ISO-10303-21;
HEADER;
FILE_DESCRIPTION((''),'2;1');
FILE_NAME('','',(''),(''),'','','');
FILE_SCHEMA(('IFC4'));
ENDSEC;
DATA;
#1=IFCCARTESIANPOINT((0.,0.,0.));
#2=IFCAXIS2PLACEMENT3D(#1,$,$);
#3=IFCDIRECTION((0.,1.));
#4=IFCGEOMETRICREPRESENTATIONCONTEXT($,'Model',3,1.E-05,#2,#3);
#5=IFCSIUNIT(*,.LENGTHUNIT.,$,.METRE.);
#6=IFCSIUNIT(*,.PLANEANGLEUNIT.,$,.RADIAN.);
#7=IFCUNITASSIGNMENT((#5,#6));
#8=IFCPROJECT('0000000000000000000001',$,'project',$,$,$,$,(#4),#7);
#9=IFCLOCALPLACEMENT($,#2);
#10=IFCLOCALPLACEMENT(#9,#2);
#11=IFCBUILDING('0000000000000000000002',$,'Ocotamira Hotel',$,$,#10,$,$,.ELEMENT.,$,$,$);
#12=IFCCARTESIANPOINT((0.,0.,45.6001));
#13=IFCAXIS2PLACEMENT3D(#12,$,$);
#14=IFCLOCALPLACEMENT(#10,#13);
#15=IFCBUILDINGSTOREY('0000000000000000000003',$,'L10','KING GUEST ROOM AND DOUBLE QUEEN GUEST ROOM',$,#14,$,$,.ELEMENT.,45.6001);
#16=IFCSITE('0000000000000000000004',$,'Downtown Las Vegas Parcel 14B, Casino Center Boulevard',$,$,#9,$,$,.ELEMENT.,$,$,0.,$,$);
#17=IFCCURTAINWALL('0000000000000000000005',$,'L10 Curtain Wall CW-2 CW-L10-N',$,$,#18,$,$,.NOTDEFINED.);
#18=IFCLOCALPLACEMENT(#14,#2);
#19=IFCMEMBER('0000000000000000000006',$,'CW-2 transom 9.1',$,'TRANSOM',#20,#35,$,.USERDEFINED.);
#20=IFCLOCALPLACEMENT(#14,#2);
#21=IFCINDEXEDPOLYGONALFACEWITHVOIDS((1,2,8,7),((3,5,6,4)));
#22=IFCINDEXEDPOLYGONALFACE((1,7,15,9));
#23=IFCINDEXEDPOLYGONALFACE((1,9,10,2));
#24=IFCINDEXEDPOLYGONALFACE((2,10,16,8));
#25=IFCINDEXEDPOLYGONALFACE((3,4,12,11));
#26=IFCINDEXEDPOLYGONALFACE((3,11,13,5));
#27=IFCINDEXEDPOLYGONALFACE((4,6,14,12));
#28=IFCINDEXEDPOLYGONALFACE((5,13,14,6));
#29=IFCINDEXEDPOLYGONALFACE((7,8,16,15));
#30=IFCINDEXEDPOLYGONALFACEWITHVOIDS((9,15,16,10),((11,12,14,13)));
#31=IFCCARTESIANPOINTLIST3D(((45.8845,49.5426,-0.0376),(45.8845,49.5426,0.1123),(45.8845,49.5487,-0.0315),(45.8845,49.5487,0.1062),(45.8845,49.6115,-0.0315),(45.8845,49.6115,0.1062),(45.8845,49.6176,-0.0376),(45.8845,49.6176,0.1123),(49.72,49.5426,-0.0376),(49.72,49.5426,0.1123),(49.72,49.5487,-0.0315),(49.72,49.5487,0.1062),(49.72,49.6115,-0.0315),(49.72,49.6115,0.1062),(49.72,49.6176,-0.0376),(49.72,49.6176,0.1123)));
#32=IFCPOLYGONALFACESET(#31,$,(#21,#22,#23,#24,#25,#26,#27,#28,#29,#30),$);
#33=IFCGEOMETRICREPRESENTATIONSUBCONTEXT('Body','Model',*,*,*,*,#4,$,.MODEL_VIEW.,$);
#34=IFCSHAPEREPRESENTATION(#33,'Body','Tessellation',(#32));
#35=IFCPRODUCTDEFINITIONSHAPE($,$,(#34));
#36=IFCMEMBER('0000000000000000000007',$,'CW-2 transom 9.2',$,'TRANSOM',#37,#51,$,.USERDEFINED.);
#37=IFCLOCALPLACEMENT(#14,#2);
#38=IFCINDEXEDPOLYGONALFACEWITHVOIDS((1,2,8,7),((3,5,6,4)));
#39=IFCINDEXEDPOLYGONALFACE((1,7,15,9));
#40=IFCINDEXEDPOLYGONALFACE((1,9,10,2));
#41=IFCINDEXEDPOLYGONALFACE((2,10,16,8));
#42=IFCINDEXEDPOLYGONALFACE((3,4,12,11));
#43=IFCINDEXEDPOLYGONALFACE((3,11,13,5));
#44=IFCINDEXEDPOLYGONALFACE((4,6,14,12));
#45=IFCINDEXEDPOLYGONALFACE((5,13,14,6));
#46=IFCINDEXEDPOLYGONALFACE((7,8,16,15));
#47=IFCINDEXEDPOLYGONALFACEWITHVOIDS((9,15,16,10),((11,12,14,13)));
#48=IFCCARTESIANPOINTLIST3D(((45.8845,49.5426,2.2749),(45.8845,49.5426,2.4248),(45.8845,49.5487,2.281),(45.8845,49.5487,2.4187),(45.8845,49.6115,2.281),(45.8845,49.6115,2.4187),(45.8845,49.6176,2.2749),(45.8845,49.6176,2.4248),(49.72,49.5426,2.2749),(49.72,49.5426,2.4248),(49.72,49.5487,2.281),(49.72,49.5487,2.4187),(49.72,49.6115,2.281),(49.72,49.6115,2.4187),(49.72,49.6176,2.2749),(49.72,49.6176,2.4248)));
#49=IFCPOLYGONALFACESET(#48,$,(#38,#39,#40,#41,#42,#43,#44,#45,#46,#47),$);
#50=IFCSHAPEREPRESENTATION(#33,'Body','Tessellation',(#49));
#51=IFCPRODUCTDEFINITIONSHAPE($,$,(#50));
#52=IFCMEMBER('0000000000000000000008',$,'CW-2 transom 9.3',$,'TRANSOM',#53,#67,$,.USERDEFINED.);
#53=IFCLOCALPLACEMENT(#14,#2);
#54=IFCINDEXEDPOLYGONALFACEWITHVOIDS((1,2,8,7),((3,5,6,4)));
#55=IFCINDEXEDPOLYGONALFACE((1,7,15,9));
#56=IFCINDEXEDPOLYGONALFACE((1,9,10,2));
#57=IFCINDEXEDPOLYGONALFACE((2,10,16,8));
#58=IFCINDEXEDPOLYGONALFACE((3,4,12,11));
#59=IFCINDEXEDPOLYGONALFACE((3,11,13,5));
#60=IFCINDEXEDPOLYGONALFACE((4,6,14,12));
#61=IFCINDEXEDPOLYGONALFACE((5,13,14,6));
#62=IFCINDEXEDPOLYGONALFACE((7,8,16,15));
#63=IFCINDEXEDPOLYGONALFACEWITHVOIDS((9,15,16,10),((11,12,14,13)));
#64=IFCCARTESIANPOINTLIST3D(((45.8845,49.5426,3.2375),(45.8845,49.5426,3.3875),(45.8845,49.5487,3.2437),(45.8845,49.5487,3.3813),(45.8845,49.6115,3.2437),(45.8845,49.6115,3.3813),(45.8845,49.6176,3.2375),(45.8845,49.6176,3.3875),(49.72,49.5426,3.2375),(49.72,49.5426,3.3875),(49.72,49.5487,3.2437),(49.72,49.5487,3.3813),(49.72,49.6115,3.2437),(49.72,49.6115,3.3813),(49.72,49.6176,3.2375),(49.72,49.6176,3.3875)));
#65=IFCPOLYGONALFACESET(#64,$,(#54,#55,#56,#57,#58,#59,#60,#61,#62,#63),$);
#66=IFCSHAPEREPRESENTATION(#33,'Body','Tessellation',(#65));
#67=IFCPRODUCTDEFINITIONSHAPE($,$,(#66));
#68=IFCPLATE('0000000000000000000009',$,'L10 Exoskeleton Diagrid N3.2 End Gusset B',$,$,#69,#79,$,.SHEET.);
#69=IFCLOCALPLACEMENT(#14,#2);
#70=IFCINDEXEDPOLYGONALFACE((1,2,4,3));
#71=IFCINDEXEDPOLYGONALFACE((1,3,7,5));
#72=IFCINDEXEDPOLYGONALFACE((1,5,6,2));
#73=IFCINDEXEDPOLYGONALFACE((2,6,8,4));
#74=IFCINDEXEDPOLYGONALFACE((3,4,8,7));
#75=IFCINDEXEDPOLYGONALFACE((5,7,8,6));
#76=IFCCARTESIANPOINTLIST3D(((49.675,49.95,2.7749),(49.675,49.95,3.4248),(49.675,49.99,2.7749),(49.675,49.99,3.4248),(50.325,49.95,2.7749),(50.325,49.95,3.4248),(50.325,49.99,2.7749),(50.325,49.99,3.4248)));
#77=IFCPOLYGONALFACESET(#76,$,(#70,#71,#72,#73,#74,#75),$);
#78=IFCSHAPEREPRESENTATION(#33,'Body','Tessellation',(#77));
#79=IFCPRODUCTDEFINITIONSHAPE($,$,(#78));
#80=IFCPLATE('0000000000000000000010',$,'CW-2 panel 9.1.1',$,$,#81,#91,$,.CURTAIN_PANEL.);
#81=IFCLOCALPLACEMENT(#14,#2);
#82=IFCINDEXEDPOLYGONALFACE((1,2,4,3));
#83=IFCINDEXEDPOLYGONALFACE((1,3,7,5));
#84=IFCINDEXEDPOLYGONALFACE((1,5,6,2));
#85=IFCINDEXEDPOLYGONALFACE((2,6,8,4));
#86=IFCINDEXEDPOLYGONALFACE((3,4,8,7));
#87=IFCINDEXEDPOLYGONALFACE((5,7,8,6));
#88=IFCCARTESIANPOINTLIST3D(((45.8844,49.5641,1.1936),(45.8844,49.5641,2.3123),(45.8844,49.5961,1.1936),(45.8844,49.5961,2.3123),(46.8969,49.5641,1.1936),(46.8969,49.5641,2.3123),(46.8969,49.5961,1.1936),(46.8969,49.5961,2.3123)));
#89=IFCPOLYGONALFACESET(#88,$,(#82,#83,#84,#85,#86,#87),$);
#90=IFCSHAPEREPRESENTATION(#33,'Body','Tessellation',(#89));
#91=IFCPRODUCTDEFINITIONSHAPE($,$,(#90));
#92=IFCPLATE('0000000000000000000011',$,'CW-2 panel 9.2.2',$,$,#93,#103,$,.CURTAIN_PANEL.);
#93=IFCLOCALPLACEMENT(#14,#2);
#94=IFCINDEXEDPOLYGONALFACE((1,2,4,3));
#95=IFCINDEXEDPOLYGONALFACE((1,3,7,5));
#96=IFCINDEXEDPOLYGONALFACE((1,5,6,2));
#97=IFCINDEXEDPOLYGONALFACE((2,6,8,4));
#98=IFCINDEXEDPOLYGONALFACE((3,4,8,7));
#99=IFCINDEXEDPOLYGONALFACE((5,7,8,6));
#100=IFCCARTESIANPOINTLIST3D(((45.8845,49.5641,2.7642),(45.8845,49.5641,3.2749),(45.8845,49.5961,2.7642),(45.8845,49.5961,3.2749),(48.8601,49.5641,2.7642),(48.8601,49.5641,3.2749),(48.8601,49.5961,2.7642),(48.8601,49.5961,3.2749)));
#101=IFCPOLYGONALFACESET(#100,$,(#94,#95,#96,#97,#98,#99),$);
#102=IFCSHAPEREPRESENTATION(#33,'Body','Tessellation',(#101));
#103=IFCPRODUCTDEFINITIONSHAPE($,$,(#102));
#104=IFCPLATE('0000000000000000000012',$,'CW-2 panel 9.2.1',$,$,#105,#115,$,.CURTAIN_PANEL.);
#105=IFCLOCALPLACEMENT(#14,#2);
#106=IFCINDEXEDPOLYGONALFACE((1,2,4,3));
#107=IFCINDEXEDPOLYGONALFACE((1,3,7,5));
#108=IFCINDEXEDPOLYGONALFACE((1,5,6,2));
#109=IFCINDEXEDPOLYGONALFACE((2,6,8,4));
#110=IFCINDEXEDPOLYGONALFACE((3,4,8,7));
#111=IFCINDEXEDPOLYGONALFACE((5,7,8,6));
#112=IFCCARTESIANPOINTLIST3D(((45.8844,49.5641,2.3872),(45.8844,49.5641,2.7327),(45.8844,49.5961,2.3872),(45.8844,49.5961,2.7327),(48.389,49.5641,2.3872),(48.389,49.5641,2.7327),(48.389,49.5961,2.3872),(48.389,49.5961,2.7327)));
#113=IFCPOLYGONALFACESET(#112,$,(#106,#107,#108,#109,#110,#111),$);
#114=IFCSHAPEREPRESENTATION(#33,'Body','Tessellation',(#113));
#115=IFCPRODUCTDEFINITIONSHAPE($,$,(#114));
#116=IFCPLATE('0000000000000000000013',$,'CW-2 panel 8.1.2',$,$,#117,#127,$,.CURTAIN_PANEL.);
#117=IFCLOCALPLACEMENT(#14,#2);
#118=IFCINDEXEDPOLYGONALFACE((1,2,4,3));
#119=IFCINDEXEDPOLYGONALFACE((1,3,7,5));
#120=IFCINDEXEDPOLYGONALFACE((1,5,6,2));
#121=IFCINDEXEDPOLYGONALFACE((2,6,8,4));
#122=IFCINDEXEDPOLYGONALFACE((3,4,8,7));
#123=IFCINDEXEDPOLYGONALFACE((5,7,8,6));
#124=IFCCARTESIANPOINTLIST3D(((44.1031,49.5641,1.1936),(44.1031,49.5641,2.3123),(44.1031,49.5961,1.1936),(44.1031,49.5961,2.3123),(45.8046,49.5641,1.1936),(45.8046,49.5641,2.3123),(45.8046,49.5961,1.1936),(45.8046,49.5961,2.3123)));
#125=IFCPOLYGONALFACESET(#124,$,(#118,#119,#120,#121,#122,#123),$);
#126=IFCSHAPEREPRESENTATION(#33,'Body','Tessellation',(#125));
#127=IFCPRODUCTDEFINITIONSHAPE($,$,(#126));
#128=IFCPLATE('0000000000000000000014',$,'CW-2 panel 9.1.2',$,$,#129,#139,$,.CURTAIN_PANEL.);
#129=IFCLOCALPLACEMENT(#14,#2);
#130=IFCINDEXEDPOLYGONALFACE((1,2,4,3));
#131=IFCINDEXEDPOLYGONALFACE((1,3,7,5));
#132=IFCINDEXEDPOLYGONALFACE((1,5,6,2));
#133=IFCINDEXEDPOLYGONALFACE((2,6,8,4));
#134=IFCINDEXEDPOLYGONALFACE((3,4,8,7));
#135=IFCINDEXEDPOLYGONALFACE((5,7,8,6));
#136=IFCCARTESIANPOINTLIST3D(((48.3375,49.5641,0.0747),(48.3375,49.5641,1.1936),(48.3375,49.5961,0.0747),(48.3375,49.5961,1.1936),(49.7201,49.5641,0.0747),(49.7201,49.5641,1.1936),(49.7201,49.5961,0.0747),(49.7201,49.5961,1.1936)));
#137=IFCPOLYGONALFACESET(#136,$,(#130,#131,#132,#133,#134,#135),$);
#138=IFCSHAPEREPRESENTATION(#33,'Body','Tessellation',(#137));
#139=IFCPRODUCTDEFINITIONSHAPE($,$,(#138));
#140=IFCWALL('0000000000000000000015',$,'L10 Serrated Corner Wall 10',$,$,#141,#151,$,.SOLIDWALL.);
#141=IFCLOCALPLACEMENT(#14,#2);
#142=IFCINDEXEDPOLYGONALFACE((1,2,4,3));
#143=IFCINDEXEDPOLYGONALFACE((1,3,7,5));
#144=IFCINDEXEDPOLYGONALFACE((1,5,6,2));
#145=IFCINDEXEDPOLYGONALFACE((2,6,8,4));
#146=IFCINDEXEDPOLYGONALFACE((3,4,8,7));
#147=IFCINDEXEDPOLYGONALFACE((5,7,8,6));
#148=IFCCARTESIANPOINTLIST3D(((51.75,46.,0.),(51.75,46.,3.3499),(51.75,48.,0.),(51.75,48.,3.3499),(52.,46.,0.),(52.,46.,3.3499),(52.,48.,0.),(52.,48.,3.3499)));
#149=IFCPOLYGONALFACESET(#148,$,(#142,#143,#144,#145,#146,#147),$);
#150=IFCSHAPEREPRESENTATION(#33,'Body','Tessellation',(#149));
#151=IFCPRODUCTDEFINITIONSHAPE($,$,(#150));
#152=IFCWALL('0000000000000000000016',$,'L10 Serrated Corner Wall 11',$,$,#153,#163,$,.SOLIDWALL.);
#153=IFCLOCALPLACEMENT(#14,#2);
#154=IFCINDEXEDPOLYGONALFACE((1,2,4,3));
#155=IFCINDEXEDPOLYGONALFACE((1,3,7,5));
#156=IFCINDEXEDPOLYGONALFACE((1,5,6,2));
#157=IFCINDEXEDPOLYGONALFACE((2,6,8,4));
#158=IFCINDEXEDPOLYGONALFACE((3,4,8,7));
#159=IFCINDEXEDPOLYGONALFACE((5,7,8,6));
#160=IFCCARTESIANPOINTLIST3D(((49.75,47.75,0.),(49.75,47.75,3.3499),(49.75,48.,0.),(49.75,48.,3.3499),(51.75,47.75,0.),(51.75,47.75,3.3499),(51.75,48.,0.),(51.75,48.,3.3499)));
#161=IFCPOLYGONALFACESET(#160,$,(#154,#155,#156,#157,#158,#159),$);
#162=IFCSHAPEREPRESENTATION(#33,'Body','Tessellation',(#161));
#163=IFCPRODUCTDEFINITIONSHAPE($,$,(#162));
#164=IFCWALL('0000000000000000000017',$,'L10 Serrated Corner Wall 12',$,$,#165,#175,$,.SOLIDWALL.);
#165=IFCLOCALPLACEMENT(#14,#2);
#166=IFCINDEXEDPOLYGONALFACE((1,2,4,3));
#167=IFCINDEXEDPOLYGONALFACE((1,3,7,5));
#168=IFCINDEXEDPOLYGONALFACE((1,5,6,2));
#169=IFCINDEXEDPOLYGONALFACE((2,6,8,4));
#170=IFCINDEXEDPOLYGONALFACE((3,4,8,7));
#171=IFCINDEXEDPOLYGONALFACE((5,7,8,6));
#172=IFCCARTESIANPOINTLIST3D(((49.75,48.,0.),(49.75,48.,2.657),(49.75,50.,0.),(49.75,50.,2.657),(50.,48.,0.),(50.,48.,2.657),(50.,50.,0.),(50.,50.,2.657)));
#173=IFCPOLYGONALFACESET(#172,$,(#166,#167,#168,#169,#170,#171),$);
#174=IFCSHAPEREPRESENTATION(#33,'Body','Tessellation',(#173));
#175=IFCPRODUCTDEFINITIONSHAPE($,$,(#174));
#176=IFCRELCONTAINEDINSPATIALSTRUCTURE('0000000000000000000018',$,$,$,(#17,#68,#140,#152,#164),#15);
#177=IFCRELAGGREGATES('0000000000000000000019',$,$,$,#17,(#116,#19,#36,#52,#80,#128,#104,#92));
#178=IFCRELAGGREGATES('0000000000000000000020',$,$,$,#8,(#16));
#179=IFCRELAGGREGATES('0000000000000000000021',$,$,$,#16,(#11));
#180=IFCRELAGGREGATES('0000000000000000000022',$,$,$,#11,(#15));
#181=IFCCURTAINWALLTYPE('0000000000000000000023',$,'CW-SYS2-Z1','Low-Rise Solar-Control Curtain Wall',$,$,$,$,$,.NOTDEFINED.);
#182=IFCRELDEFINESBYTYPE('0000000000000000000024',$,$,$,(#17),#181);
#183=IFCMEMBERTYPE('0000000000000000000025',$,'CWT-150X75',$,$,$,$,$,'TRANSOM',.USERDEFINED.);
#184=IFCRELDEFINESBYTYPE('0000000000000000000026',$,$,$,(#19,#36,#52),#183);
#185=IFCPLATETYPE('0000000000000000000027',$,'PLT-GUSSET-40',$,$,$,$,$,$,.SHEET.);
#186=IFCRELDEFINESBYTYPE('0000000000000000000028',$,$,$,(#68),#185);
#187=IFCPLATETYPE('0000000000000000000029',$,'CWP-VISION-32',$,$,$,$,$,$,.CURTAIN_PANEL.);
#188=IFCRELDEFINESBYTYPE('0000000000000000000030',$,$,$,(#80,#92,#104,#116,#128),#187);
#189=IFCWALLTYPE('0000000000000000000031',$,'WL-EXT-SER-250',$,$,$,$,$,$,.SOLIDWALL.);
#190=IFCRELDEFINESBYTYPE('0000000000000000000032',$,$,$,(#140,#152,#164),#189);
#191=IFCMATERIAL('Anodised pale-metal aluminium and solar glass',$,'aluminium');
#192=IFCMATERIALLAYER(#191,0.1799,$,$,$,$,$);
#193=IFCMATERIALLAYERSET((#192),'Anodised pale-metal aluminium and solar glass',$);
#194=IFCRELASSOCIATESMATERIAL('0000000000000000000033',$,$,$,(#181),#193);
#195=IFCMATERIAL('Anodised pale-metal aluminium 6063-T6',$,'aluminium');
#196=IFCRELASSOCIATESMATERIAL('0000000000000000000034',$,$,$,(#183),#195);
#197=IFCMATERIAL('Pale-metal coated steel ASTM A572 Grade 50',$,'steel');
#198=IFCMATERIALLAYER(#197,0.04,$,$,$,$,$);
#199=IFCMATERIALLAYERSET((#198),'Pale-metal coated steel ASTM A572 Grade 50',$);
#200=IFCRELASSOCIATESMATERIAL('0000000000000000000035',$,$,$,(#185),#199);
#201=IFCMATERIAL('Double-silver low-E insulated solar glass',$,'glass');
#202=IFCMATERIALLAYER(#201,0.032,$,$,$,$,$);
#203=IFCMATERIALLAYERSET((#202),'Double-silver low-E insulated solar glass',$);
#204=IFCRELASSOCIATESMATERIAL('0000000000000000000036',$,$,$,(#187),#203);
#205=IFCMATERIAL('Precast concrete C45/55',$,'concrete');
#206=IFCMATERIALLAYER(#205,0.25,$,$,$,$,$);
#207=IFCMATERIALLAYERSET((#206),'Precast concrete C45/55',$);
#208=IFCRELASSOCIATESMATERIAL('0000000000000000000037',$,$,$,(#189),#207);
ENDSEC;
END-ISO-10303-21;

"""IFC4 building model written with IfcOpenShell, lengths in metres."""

from ifc_helpers import new_model, si_unit, direction, frame, frame_2d, origin, origin_2d, place, context, subcontext, project, spatial, rectangle, hollow_rectangle, extrude, source, transform, mapped, material, layer, layer_set, material_profile, profile_set, type_object, element, aggregate, save


model = new_model("IFC4")

# Units and contexts
model_context = context("Model", 3, precision=1e-05, world=origin(), true_north=direction((0.0, 1.0)))
body_context = subcontext(model_context, "Body", "Model", "MODEL_VIEW")
ifc_project = project(units=[si_unit("LENGTHUNIT", "METRE"), si_unit("PLANEANGLEUNIT", "RADIAN")], contexts=[model_context])

# Site, building, storey
site_placement = place(None, origin())
site = spatial("IfcSite", under=ifc_project, at=site_placement, Name="Downtown Las Vegas Parcel 14B, Casino Center Boulevard", CompositionType="ELEMENT", RefElevation=0.0)
building_placement = place(site_placement, origin())
building = spatial("IfcBuilding", under=site, at=building_placement, Name="Ocotamira Hotel", CompositionType="ELEMENT")
storey_placement = place(building_placement, frame((0.0, 0.0, 45.6001)))
storey = spatial("IfcBuildingStorey", under=building, at=storey_placement, Name="L10", Description="KING GUEST ROOM AND DOUBLE QUEEN GUEST ROOM", CompositionType="ELEMENT", Elevation=45.6001)

# Curtain wall, members
ifc_material_1 = material(Name="Anodised pale-metal aluminium and solar glass", Category="aluminium")
ifc_layer_1 = layer(ifc_material_1, 0.1799)
ifc_layer_set_1 = layer_set([ifc_layer_1], Name="Anodised pale-metal aluminium and solar glass")
curtain_wall_type = type_object("IfcCurtainWallType", Name="CW-SYS2-Z1", Description="Low-Rise Solar-Control Curtain Wall", PredefinedType="NOTDEFINED", material=ifc_layer_set_1)
curtain_wall_placement = place(storey_placement, origin())
curtain_wall = element("IfcCurtainWall", 1, at=curtain_wall_placement, inside=storey, type_object=curtain_wall_type, Name="L10 Curtain Wall CW-2 CW-L10-N", PredefinedType="NOTDEFINED")
ifc_material_2 = material(Name="Anodised pale-metal aluminium 6063-T6", Category="aluminium")
ifc_material_profile_1 = material_profile(ifc_material_2, hollow_rectangle(XDim=0.075, YDim=0.1499, WallThickness=0.0061, at=origin_2d()), Name="HSS150X75X6")
ifc_profile_set_1 = profile_set([ifc_material_profile_1], Name="Anodised pale-metal aluminium 6063-T6")
member_type_1 = type_object("IfcMemberType", Name="CWT-150X75", ElementType="TRANSOM", PredefinedType="USERDEFINED", material=ifc_profile_set_1)
shared_shape_1 = source(origin(), body_context, "Body", "SweptSolid", [
    extrude(hollow_rectangle(XDim=0.075, YDim=0.1499, WallThickness=0.0061, at=origin_2d()), origin(), (0.0, 0.0, 1.0), 3.8354),
])
member_1_placement = place(storey_placement, frame((45.8845, 49.5801, 0.0374), z_axis=(1.0, 0.0, 0.0), x_axis=(0.0, 1.0, 0.0)))
member_1 = element("IfcMember", 2, at=member_1_placement, type_object=member_type_1, Name="CW-2 transom 9.1", ObjectType="TRANSOM", PredefinedType="USERDEFINED", context=body_context, shape_type="MappedRepresentation", body=[
    mapped(shared_shape_1, transform((0.0, 0.0, 0.0), scale=1.0)),
])
member_2_placement = place(storey_placement, frame((45.8845, 49.5801, 2.3499), z_axis=(1.0, 0.0, 0.0), x_axis=(0.0, 1.0, 0.0)))
member_2 = element("IfcMember", 3, at=member_2_placement, type_object=member_type_1, Name="CW-2 transom 9.2", ObjectType="TRANSOM", PredefinedType="USERDEFINED", context=body_context, shape_type="MappedRepresentation", body=[
    mapped(shared_shape_1, transform((0.0, 0.0, 0.0), scale=1.0)),
])
member_3_placement = place(storey_placement, frame((45.8845, 49.5801, 3.3125), z_axis=(1.0, 0.0, 0.0), x_axis=(0.0, 1.0, 0.0)))
member_3 = element("IfcMember", 4, at=member_3_placement, type_object=member_type_1, Name="CW-2 transom 9.3", ObjectType="TRANSOM", PredefinedType="USERDEFINED", context=body_context, shape_type="MappedRepresentation", body=[
    mapped(shared_shape_1, transform((0.0, 0.0, 0.0), scale=1.0)),
])

# Plates
ifc_material_3 = material(Name="Pale-metal coated steel ASTM A572 Grade 50", Category="steel")
ifc_layer_2 = layer(ifc_material_3, 0.04)
ifc_layer_set_2 = layer_set([ifc_layer_2], Name="Pale-metal coated steel ASTM A572 Grade 50")
plate_type_1 = type_object("IfcPlateType", Name="PLT-GUSSET-40", PredefinedType="SHEET", material=ifc_layer_set_2)
shared_shape_2 = source(origin(), body_context, "Body", "SweptSolid", [
    extrude(rectangle(XDim=0.6499, YDim=0.04, at=origin_2d()), origin(), (0.0, 0.0, 1.0), 0.6499),
])
plate_1_placement = place(storey_placement, frame((50.0, 49.97, 2.7749), z_axis=(0.0, 0.0, 1.0), x_axis=(1.0, 0.0, 0.0)))
element("IfcPlate", 5, at=plate_1_placement, inside=storey, type_object=plate_type_1, Name="L10 Exoskeleton Diagrid N3.2 End Gusset B", PredefinedType="SHEET", context=body_context, shape_type="MappedRepresentation", body=[
    mapped(shared_shape_2, transform((0.0, 0.0, 0.0), scale=1.0)),
])
ifc_material_4 = material(Name="Double-silver low-E insulated solar glass", Category="glass")
ifc_layer_3 = layer(ifc_material_4, 0.032)
ifc_layer_set_3 = layer_set([ifc_layer_3], Name="Double-silver low-E insulated solar glass")
plate_type_2 = type_object("IfcPlateType", Name="CWP-VISION-32", PredefinedType="CURTAIN_PANEL", material=ifc_layer_set_3)
shared_shape_3 = source(origin(), body_context, "Body", "SweptSolid", [
    extrude(rectangle(XDim=1.0125, YDim=0.032, at=origin_2d()), origin(), (0.0, 0.0, 1.0), 1.1187),
])
plate_2_placement = place(storey_placement, frame((46.3906, 49.5801, 1.1936), z_axis=(0.0, 0.0, 1.0), x_axis=(1.0, 0.0, 0.0)))
plate_2 = element("IfcPlate", 6, at=plate_2_placement, type_object=plate_type_2, Name="CW-2 panel 9.1.1", PredefinedType="CURTAIN_PANEL", context=body_context, shape_type="MappedRepresentation", body=[
    mapped(shared_shape_3, transform((0.0, 0.0, 0.0), scale=1.0)),
])
shared_shape_4 = source(origin(), body_context, "Body", "SweptSolid", [
    extrude(rectangle(XDim=2.9756, YDim=0.032, at=origin_2d()), origin(), (0.0, 0.0, 1.0), 0.5107),
])
plate_3_placement = place(storey_placement, frame((47.3723, 49.5801, 2.7642), z_axis=(0.0, 0.0, 1.0), x_axis=(1.0, 0.0, 0.0)))
plate_3 = element("IfcPlate", 7, at=plate_3_placement, type_object=plate_type_2, Name="CW-2 panel 9.2.2", PredefinedType="CURTAIN_PANEL", context=body_context, shape_type="MappedRepresentation", body=[
    mapped(shared_shape_4, transform((0.0, 0.0, 0.0), scale=1.0)),
])
shared_shape_5 = source(origin(), body_context, "Body", "SweptSolid", [
    extrude(rectangle(XDim=2.5046, YDim=0.032, at=origin_2d()), origin(), (0.0, 0.0, 1.0), 0.3455),
])
plate_4_placement = place(storey_placement, frame((47.1367, 49.5801, 2.3872), z_axis=(0.0, 0.0, 1.0), x_axis=(1.0, 0.0, 0.0)))
plate_4 = element("IfcPlate", 8, at=plate_4_placement, type_object=plate_type_2, Name="CW-2 panel 9.2.1", PredefinedType="CURTAIN_PANEL", context=body_context, shape_type="MappedRepresentation", body=[
    mapped(shared_shape_5, transform((0.0, 0.0, 0.0), scale=1.0)),
])
shared_shape_6 = source(origin(), body_context, "Body", "SweptSolid", [
    extrude(rectangle(XDim=1.7014, YDim=0.032, at=origin_2d()), origin(), (0.0, 0.0, 1.0), 1.1187),
])
plate_5_placement = place(storey_placement, frame((44.9539, 49.5801, 1.1936), z_axis=(0.0, 0.0, 1.0), x_axis=(1.0, 0.0, 0.0)))
plate_5 = element("IfcPlate", 9, at=plate_5_placement, type_object=plate_type_2, Name="CW-2 panel 8.1.2", PredefinedType="CURTAIN_PANEL", context=body_context, shape_type="MappedRepresentation", body=[
    mapped(shared_shape_6, transform((0.0, 0.0, 0.0), scale=1.0)),
])
shared_shape_7 = source(origin(), body_context, "Body", "SweptSolid", [
    extrude(rectangle(XDim=1.3826, YDim=0.032, at=origin_2d()), origin(), (0.0, 0.0, 1.0), 1.1189),
])
plate_6_placement = place(storey_placement, frame((49.0288, 49.5801, 0.0747), z_axis=(0.0, 0.0, 1.0), x_axis=(1.0, 0.0, 0.0)))
plate_6 = element("IfcPlate", 10, at=plate_6_placement, type_object=plate_type_2, Name="CW-2 panel 9.1.2", PredefinedType="CURTAIN_PANEL", context=body_context, shape_type="MappedRepresentation", body=[
    mapped(shared_shape_7, transform((0.0, 0.0, 0.0), scale=1.0)),
])
aggregate(curtain_wall, [plate_5, member_1, member_2, member_3, plate_2, plate_6, plate_4, plate_3])

# Walls
ifc_material_5 = material(Name="Precast concrete C45/55", Category="concrete")
ifc_layer_4 = layer(ifc_material_5, 0.25)
ifc_layer_set_4 = layer_set([ifc_layer_4], Name="Precast concrete C45/55")
wall_type = type_object("IfcWallType", Name="WL-EXT-SER-250", PredefinedType="SOLIDWALL", material=ifc_layer_set_4)
for number, where, z_axis, x_axis, name in (
    (11, (51.875, 46.0, 0.0), (0.0, 0.0, 1.0), (0.0, 1.0, 0.0), "L10 Serrated Corner Wall 10"),
    (12, (51.75, 47.875, 0.0), (0.0, 0.0, 1.0), (-1.0, 0.0, 0.0), "L10 Serrated Corner Wall 11"),
):
    element("IfcWall", number, at=place(storey_placement, frame(where, z_axis=z_axis, x_axis=x_axis)), inside=storey, type_object=wall_type, Name=name, PredefinedType="SOLIDWALL", context=body_context, shape_type="SweptSolid", body=[
        extrude(rectangle(XDim=2.0, YDim=0.25, at=frame_2d((1.0, 0.0))), origin(), (0.0, 0.0, 1.0), 3.3499),
    ])
wall_placement = place(storey_placement, frame((49.875, 48.0, 0.0), z_axis=(0.0, 0.0, 1.0), x_axis=(0.0, 1.0, 0.0)))
element("IfcWall", 13, at=wall_placement, inside=storey, type_object=wall_type, Name="L10 Serrated Corner Wall 12", PredefinedType="SOLIDWALL", context=body_context, shape_type="SweptSolid", body=[
    extrude(rectangle(XDim=2.0, YDim=0.25, at=frame_2d((1.0, 0.0))), origin(), (0.0, 0.0, 1.0), 2.657),
])

save(model, "model.ifc")
